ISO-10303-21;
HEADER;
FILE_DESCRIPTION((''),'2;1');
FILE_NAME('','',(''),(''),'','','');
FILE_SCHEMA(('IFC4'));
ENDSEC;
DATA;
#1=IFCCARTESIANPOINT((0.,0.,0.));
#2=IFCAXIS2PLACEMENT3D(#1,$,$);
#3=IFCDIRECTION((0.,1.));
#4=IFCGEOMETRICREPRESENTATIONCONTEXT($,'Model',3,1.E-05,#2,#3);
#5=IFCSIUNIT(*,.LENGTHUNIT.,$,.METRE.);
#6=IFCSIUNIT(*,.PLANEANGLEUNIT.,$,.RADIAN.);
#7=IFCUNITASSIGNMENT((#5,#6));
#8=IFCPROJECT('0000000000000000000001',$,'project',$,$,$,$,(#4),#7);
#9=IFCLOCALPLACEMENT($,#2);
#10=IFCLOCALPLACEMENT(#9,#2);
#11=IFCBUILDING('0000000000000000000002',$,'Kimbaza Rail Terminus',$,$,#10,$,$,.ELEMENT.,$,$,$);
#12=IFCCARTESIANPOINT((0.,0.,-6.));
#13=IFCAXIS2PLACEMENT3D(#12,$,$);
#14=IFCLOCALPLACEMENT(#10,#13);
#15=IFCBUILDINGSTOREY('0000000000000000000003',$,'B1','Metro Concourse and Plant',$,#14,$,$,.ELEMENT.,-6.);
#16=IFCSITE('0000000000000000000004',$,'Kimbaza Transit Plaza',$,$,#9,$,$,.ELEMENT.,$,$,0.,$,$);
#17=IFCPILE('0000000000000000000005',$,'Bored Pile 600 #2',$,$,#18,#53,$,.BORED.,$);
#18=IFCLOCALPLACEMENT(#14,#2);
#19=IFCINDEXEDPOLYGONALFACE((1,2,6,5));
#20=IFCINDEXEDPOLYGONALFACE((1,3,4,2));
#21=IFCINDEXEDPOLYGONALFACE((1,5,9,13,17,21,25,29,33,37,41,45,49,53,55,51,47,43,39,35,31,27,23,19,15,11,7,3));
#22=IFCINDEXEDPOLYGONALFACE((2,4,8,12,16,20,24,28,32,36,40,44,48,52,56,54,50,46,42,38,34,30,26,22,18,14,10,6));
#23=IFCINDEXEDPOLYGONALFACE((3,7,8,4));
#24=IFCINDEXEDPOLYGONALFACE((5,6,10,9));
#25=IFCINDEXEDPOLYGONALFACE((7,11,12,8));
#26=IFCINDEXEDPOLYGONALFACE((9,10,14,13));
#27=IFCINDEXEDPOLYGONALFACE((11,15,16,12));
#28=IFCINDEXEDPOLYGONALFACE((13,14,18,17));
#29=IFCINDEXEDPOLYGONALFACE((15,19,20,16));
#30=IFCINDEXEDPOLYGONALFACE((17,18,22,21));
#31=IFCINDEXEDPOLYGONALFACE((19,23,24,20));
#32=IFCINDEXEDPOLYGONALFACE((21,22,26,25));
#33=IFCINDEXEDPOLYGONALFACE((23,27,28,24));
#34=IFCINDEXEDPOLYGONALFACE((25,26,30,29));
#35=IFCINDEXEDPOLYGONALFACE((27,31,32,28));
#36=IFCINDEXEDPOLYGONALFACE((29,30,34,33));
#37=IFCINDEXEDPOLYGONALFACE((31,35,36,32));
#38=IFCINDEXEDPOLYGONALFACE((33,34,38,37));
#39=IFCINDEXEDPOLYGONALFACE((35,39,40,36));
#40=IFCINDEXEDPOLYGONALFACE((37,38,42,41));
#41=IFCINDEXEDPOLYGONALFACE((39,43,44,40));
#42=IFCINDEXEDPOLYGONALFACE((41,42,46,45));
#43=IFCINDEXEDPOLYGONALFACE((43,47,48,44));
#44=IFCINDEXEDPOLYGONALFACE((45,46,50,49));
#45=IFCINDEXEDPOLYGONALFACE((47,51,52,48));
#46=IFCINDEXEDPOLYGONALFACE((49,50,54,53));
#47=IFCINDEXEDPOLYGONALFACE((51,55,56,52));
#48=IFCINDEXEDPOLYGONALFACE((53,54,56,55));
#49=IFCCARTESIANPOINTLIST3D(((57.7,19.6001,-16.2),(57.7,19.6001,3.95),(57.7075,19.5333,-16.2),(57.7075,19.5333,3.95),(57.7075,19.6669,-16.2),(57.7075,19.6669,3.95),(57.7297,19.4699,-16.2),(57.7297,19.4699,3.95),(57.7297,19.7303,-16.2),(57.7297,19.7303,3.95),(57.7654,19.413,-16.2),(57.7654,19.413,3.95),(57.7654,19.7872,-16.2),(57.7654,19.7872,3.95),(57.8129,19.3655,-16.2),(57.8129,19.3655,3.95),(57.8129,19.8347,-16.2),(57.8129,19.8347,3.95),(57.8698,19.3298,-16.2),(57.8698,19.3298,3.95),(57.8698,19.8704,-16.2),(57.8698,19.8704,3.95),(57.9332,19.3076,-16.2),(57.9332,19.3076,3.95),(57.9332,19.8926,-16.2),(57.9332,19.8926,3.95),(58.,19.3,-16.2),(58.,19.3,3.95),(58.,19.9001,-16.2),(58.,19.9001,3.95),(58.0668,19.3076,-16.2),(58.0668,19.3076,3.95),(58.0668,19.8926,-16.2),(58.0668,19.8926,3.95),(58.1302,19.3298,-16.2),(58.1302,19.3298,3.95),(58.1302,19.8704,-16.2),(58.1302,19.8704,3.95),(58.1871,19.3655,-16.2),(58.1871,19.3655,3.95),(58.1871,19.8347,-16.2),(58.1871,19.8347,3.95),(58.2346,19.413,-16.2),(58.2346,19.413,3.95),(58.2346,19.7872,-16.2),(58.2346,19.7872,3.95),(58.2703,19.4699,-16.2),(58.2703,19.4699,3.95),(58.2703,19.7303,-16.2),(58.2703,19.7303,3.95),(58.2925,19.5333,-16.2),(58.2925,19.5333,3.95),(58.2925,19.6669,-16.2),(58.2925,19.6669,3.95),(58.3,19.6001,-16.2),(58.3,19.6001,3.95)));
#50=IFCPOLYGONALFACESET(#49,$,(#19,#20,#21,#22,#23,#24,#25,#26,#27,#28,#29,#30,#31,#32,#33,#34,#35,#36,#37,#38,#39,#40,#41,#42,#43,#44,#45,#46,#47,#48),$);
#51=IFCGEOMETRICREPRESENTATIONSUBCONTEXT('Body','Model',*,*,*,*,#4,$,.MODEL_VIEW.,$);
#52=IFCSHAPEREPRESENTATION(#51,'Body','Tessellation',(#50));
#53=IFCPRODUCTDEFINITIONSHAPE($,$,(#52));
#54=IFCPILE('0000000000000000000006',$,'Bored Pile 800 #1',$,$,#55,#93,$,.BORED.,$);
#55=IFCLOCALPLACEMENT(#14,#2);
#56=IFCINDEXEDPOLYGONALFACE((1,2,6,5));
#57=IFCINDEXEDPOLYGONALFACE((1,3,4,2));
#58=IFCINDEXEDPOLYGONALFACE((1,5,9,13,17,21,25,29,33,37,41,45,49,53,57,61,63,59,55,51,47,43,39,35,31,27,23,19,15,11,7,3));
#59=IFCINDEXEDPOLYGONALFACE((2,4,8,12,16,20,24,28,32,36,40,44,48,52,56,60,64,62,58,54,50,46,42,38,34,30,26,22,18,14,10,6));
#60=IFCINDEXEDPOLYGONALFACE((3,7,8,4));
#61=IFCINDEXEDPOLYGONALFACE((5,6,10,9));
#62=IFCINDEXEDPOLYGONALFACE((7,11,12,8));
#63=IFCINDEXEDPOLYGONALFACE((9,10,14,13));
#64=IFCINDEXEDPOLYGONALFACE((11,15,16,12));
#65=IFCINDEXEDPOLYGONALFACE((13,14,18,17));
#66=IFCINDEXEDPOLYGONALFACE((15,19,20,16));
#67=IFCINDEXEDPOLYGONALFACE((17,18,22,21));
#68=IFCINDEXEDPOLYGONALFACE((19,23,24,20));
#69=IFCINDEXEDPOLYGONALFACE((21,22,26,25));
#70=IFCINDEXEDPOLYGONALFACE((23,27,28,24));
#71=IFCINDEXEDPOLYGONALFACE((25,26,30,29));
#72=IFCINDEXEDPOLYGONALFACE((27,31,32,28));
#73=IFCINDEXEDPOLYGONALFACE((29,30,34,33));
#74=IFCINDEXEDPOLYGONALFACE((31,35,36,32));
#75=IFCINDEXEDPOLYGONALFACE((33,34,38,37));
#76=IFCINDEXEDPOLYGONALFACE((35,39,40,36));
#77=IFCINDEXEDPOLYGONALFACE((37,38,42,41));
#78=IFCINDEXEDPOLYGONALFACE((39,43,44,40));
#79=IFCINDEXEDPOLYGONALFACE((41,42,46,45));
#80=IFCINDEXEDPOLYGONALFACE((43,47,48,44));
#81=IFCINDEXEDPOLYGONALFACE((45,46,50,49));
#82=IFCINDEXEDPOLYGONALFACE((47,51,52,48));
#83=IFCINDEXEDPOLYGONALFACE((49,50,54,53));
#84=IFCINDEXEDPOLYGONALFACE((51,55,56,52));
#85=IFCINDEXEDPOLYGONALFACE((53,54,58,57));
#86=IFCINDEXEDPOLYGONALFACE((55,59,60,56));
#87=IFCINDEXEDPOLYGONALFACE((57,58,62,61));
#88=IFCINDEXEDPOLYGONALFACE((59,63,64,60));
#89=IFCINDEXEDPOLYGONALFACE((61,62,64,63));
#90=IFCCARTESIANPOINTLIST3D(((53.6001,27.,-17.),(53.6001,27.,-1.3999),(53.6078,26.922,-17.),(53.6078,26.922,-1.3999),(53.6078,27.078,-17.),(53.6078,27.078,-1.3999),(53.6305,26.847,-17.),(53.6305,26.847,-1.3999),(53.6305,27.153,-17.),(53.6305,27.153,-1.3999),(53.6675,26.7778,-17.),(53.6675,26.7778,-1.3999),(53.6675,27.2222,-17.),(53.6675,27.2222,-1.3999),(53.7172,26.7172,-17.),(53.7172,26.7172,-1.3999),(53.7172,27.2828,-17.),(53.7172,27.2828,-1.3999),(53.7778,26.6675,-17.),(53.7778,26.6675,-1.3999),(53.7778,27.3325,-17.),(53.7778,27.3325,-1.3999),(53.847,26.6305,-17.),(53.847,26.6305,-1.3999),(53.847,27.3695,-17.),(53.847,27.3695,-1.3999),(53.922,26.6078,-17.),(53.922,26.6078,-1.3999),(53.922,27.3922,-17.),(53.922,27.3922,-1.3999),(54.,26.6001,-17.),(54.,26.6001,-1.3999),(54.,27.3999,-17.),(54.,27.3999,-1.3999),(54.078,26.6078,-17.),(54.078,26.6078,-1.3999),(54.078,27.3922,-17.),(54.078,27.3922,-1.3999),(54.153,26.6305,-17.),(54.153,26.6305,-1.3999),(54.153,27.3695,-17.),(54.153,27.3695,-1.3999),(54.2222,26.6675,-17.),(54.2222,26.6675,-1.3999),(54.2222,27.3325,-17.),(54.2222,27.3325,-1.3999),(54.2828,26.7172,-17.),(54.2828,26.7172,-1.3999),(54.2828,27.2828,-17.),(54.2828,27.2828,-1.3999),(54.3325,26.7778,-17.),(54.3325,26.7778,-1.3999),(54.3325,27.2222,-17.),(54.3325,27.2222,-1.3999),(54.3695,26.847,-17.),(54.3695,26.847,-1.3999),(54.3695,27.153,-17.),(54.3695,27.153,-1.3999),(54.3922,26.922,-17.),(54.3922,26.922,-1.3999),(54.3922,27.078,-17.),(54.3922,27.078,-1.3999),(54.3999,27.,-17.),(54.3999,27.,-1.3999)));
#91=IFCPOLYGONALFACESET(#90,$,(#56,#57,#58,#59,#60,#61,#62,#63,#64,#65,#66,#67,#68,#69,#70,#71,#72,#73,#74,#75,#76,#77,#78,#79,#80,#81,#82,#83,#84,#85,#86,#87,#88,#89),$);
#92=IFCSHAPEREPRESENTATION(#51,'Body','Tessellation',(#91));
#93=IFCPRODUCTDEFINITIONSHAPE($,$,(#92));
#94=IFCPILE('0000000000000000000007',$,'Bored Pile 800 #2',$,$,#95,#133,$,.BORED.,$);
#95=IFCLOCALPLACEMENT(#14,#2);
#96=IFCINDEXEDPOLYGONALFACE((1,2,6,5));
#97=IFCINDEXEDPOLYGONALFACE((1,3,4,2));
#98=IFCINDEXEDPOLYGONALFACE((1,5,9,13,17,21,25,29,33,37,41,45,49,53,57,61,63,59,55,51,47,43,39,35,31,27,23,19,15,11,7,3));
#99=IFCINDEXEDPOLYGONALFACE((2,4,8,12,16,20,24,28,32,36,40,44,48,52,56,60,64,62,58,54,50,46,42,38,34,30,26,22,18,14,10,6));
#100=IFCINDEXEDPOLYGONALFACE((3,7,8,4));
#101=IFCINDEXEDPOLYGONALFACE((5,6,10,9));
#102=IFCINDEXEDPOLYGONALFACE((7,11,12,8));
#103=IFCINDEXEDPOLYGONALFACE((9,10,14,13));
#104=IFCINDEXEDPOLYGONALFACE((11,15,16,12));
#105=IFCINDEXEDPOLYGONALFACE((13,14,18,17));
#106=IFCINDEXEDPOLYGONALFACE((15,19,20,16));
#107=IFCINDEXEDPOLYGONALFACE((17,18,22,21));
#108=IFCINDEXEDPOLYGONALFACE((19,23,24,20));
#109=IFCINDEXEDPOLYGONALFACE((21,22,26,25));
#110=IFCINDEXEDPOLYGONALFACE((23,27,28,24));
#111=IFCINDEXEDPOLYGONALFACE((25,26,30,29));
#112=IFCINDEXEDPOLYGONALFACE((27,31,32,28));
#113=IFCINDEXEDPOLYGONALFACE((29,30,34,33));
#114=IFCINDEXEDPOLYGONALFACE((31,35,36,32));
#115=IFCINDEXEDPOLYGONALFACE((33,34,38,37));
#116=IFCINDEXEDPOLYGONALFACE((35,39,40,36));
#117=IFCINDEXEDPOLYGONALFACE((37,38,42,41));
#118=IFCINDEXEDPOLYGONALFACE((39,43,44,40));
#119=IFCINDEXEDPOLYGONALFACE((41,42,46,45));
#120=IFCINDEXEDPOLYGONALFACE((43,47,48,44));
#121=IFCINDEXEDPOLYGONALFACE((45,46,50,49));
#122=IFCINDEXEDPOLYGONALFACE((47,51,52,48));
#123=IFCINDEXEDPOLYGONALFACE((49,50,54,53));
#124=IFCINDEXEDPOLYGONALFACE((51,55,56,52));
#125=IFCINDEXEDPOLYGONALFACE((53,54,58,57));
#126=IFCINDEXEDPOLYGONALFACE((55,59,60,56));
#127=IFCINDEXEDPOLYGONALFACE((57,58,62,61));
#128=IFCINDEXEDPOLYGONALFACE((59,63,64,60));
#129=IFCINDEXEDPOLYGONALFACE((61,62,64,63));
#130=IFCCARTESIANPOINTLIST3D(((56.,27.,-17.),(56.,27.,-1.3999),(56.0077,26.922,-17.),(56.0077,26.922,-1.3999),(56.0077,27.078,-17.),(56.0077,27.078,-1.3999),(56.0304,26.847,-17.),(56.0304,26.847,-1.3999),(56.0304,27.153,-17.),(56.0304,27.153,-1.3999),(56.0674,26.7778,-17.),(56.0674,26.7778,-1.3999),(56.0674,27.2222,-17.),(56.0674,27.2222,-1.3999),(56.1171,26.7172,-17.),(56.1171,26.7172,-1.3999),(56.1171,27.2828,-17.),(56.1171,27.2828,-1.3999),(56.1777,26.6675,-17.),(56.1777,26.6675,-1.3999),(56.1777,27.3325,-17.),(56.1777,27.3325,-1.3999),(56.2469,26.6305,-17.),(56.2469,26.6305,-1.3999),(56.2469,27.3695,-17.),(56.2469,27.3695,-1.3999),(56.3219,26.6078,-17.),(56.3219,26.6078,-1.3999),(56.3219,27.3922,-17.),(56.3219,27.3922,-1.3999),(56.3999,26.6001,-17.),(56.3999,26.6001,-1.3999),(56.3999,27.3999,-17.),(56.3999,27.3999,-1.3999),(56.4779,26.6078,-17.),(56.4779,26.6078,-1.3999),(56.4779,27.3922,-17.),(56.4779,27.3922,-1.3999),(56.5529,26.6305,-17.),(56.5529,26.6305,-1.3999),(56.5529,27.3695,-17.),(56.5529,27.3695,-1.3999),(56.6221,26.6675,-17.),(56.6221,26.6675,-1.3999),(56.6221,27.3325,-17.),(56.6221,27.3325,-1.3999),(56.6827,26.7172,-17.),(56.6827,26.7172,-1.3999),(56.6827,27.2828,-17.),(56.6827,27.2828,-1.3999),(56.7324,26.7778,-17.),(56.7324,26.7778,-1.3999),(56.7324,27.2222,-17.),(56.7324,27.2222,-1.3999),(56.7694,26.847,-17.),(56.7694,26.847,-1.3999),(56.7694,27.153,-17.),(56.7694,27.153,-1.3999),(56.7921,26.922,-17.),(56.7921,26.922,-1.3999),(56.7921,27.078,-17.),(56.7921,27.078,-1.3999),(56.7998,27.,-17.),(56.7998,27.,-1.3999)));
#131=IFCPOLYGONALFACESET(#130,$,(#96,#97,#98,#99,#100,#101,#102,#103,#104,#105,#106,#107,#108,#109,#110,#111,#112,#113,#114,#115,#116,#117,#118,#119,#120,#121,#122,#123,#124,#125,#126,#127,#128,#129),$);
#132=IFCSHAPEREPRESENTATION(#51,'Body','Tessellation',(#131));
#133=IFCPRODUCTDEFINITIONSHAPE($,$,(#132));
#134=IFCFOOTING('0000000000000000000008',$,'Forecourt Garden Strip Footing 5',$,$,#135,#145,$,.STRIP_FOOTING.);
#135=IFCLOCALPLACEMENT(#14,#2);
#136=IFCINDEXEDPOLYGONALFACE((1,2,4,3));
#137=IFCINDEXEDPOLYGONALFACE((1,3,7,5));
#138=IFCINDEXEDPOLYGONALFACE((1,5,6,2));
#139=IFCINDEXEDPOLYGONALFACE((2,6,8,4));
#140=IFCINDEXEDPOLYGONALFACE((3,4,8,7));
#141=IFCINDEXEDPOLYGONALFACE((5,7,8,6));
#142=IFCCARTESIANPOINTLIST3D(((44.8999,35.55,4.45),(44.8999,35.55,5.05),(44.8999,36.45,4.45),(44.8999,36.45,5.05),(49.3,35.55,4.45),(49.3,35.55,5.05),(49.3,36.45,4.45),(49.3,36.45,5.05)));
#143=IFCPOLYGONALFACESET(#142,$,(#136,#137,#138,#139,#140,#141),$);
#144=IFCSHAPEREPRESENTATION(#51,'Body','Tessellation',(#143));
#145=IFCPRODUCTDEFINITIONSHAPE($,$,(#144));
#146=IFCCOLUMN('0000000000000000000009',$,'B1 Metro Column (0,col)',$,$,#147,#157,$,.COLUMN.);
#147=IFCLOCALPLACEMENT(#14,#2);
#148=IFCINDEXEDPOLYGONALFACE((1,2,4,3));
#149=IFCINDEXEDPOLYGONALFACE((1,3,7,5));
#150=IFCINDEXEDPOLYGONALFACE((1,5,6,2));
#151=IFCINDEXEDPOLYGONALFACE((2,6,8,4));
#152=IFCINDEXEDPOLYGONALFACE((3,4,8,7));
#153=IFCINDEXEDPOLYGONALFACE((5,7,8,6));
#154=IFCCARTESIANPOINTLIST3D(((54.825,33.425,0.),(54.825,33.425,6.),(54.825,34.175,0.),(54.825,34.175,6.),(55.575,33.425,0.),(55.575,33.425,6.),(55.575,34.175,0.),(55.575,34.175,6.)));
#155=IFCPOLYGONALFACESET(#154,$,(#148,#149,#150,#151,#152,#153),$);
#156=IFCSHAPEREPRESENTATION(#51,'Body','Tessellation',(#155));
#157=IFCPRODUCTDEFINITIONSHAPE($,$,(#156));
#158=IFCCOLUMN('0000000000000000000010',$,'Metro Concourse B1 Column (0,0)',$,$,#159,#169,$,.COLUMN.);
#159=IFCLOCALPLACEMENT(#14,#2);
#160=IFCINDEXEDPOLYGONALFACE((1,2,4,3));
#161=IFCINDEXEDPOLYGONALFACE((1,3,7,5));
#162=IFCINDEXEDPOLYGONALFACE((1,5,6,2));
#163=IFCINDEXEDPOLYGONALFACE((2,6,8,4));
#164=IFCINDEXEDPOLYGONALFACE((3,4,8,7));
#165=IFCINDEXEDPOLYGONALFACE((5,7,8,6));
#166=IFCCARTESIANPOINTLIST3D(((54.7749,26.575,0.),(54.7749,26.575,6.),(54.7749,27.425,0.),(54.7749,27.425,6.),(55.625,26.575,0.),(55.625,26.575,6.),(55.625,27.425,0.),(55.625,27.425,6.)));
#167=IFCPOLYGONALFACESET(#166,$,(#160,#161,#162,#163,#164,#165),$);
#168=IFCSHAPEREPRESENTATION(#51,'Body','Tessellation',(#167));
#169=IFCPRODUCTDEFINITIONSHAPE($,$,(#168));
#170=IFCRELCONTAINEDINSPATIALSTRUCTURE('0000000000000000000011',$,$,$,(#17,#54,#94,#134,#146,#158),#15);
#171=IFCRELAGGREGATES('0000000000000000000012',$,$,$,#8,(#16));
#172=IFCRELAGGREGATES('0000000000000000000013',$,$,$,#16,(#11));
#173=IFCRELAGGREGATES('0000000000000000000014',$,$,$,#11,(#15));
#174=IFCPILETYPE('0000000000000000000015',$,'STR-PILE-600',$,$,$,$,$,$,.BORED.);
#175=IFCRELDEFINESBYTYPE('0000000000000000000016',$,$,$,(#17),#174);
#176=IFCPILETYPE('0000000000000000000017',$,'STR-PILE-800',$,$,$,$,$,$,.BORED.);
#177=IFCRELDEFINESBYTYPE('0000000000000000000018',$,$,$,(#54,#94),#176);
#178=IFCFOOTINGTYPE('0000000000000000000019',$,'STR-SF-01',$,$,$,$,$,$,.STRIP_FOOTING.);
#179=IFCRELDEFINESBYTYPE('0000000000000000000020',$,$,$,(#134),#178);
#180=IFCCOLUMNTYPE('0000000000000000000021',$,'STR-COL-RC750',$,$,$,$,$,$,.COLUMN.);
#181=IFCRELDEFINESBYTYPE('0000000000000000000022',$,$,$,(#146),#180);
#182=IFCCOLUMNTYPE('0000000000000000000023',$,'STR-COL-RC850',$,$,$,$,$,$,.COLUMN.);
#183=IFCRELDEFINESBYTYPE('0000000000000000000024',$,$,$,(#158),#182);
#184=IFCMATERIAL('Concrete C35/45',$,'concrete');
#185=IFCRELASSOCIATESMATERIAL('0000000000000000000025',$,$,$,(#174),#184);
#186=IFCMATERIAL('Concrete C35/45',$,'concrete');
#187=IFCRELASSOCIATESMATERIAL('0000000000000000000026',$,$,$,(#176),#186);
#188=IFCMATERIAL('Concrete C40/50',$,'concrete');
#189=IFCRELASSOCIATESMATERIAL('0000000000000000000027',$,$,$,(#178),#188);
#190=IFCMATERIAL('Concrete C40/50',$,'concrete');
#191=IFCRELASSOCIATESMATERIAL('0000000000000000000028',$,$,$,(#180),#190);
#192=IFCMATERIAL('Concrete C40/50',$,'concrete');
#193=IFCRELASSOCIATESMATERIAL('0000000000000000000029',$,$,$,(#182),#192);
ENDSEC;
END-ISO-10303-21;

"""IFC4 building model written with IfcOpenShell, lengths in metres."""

from ifc_helpers import new_model, si_unit, direction, frame, origin, origin_2d, place, context, subcontext, project, spatial, rectangle, circle, extrude, material, material_profile, profile_set, type_object, element, save


model = new_model("IFC4")

# Units and contexts
model_context = context("Model", 3, precision=1e-05, world=origin(), true_north=direction((0.0, 1.0)))
body_context = subcontext(model_context, "Body", "Model", "MODEL_VIEW")
ifc_project = project(units=[si_unit("LENGTHUNIT", "METRE"), si_unit("PLANEANGLEUNIT", "RADIAN")], contexts=[model_context])

# Site, building, storey
site_placement = place(None, origin())
site = spatial("IfcSite", under=ifc_project, at=site_placement, Name="Kimbaza Transit Plaza", CompositionType="ELEMENT", RefElevation=0.0)
building_placement = place(site_placement, origin())
building = spatial("IfcBuilding", under=site, at=building_placement, Name="Kimbaza Rail Terminus", CompositionType="ELEMENT")
storey_placement = place(building_placement, frame((0.0, 0.0, -6.0)))
storey = spatial("IfcBuildingStorey", under=building, at=storey_placement, Name="B1", Description="Metro Concourse and Plant", CompositionType="ELEMENT", Elevation=-6.0)

# Piles
ifc_material_1 = material(Name="Concrete C35/45", Category="concrete")
ifc_material_profile_1 = material_profile(ifc_material_1, circle(Radius=0.3, at=origin_2d()), Name="BORED PILE 600")
ifc_profile_set_1 = profile_set([ifc_material_profile_1], Name="Concrete C35/45")
pile_type_1 = type_object("IfcPileType", Name="STR-PILE-600", PredefinedType="BORED", material=ifc_profile_set_1)
for number, where, z_axis, x_axis, name in (
    (1, (58.0, 19.6001, 3.95), (0.0, 0.0, -1.0), (1.0, 0.0, 0.0), "Bored Pile 600 #2"),
):
    element("IfcPile", number, at=place(storey_placement, frame(where, z_axis=z_axis, x_axis=x_axis)), inside=storey, type_object=pile_type_1, Name=name, PredefinedType="BORED", context=body_context, shape_type="SweptSolid", body=[
        extrude(circle(Radius=0.3, at=origin_2d()), origin(), (0.0, 0.0, 1.0), 20.1499),
    ])
ifc_material_2 = material(Name="Concrete C35/45", Category="concrete")
ifc_material_profile_2 = material_profile(ifc_material_2, circle(Radius=0.3999, at=origin_2d()), Name="BORED PILE 800")
ifc_profile_set_2 = profile_set([ifc_material_profile_2], Name="Concrete C35/45")
pile_type_2 = type_object("IfcPileType", Name="STR-PILE-800", PredefinedType="BORED", material=ifc_profile_set_2)
for number, where, z_axis, x_axis, name in (
    (2, (54.0, 27.0, -1.3999), (0.0, 0.0, -1.0), (1.0, 0.0, 0.0), "Bored Pile 800 #1"),
    (3, (56.3999, 27.0, -1.3999), (0.0, 0.0, -1.0), (1.0, 0.0, 0.0), "Bored Pile 800 #2"),
):
    element("IfcPile", number, at=place(storey_placement, frame(where, z_axis=z_axis, x_axis=x_axis)), inside=storey, type_object=pile_type_2, Name=name, PredefinedType="BORED", context=body_context, shape_type="SweptSolid", body=[
        extrude(circle(Radius=0.3999, at=origin_2d()), origin(), (0.0, 0.0, 1.0), 15.6001),
    ])

# Footing
ifc_material_3 = material(Name="Concrete C40/50", Category="concrete")
ifc_material_profile_3 = material_profile(ifc_material_3, rectangle(XDim=0.8999, YDim=0.6001, at=origin_2d()), Name="SF-01 900x600")
ifc_profile_set_3 = profile_set([ifc_material_profile_3], Name="Concrete C40/50")
footing_type_1 = type_object("IfcFootingType", Name="STR-SF-01", PredefinedType="STRIP_FOOTING", material=ifc_profile_set_3)
footing_1_placement = place(storey_placement, frame((44.8999, 36.0, 4.75), z_axis=(1.0, 0.0, 0.0), x_axis=(0.0, 1.0, 0.0)))
element("IfcFooting", 4, at=footing_1_placement, inside=storey, type_object=footing_type_1, Name="Forecourt Garden Strip Footing 5", PredefinedType="STRIP_FOOTING", context=body_context, shape_type="SweptSolid", body=[
    extrude(rectangle(XDim=0.8999, YDim=0.6001, at=origin_2d()), origin(), (0.0, 0.0, 1.0), 4.4001),
])

# Columns
ifc_material_4 = material(Name="Concrete C40/50", Category="concrete")
ifc_material_profile_4 = material_profile(ifc_material_4, rectangle(XDim=0.75, YDim=0.75, at=origin_2d()), Name="RC 750x750")
ifc_profile_set_4 = profile_set([ifc_material_profile_4], Name="Concrete C40/50")
column_type_1 = type_object("IfcColumnType", Name="STR-COL-RC750", PredefinedType="COLUMN", material=ifc_profile_set_4)
column_1_placement = place(storey_placement, frame((55.2, 33.8, 0.0), z_axis=(0.0, 0.0, 1.0), x_axis=(1.0, 0.0, 0.0)))
element("IfcColumn", 5, at=column_1_placement, inside=storey, type_object=column_type_1, Name="B1 Metro Column (0,col)", PredefinedType="COLUMN", context=body_context, shape_type="SweptSolid", body=[
    extrude(rectangle(XDim=0.75, YDim=0.75, at=origin_2d()), origin(), (0.0, 0.0, 1.0), 6.0),
])
ifc_material_5 = material(Name="Concrete C40/50", Category="concrete")
ifc_material_profile_5 = material_profile(ifc_material_5, rectangle(XDim=0.8501, YDim=0.8501, at=origin_2d()), Name="RC 850x850")
ifc_profile_set_5 = profile_set([ifc_material_profile_5], Name="Concrete C40/50")
column_type_2 = type_object("IfcColumnType", Name="STR-COL-RC850", PredefinedType="COLUMN", material=ifc_profile_set_5)
column_2_placement = place(storey_placement, frame((55.2, 27.0, 0.0), z_axis=(0.0, 0.0, 1.0), x_axis=(1.0, 0.0, 0.0)))
element("IfcColumn", 6, at=column_2_placement, inside=storey, type_object=column_type_2, Name="Metro Concourse B1 Column (0,0)", PredefinedType="COLUMN", context=body_context, shape_type="SweptSolid", body=[
    extrude(rectangle(XDim=0.8501, YDim=0.8501, at=origin_2d()), origin(), (0.0, 0.0, 1.0), 6.0),
])

save(model, "model.ifc")
